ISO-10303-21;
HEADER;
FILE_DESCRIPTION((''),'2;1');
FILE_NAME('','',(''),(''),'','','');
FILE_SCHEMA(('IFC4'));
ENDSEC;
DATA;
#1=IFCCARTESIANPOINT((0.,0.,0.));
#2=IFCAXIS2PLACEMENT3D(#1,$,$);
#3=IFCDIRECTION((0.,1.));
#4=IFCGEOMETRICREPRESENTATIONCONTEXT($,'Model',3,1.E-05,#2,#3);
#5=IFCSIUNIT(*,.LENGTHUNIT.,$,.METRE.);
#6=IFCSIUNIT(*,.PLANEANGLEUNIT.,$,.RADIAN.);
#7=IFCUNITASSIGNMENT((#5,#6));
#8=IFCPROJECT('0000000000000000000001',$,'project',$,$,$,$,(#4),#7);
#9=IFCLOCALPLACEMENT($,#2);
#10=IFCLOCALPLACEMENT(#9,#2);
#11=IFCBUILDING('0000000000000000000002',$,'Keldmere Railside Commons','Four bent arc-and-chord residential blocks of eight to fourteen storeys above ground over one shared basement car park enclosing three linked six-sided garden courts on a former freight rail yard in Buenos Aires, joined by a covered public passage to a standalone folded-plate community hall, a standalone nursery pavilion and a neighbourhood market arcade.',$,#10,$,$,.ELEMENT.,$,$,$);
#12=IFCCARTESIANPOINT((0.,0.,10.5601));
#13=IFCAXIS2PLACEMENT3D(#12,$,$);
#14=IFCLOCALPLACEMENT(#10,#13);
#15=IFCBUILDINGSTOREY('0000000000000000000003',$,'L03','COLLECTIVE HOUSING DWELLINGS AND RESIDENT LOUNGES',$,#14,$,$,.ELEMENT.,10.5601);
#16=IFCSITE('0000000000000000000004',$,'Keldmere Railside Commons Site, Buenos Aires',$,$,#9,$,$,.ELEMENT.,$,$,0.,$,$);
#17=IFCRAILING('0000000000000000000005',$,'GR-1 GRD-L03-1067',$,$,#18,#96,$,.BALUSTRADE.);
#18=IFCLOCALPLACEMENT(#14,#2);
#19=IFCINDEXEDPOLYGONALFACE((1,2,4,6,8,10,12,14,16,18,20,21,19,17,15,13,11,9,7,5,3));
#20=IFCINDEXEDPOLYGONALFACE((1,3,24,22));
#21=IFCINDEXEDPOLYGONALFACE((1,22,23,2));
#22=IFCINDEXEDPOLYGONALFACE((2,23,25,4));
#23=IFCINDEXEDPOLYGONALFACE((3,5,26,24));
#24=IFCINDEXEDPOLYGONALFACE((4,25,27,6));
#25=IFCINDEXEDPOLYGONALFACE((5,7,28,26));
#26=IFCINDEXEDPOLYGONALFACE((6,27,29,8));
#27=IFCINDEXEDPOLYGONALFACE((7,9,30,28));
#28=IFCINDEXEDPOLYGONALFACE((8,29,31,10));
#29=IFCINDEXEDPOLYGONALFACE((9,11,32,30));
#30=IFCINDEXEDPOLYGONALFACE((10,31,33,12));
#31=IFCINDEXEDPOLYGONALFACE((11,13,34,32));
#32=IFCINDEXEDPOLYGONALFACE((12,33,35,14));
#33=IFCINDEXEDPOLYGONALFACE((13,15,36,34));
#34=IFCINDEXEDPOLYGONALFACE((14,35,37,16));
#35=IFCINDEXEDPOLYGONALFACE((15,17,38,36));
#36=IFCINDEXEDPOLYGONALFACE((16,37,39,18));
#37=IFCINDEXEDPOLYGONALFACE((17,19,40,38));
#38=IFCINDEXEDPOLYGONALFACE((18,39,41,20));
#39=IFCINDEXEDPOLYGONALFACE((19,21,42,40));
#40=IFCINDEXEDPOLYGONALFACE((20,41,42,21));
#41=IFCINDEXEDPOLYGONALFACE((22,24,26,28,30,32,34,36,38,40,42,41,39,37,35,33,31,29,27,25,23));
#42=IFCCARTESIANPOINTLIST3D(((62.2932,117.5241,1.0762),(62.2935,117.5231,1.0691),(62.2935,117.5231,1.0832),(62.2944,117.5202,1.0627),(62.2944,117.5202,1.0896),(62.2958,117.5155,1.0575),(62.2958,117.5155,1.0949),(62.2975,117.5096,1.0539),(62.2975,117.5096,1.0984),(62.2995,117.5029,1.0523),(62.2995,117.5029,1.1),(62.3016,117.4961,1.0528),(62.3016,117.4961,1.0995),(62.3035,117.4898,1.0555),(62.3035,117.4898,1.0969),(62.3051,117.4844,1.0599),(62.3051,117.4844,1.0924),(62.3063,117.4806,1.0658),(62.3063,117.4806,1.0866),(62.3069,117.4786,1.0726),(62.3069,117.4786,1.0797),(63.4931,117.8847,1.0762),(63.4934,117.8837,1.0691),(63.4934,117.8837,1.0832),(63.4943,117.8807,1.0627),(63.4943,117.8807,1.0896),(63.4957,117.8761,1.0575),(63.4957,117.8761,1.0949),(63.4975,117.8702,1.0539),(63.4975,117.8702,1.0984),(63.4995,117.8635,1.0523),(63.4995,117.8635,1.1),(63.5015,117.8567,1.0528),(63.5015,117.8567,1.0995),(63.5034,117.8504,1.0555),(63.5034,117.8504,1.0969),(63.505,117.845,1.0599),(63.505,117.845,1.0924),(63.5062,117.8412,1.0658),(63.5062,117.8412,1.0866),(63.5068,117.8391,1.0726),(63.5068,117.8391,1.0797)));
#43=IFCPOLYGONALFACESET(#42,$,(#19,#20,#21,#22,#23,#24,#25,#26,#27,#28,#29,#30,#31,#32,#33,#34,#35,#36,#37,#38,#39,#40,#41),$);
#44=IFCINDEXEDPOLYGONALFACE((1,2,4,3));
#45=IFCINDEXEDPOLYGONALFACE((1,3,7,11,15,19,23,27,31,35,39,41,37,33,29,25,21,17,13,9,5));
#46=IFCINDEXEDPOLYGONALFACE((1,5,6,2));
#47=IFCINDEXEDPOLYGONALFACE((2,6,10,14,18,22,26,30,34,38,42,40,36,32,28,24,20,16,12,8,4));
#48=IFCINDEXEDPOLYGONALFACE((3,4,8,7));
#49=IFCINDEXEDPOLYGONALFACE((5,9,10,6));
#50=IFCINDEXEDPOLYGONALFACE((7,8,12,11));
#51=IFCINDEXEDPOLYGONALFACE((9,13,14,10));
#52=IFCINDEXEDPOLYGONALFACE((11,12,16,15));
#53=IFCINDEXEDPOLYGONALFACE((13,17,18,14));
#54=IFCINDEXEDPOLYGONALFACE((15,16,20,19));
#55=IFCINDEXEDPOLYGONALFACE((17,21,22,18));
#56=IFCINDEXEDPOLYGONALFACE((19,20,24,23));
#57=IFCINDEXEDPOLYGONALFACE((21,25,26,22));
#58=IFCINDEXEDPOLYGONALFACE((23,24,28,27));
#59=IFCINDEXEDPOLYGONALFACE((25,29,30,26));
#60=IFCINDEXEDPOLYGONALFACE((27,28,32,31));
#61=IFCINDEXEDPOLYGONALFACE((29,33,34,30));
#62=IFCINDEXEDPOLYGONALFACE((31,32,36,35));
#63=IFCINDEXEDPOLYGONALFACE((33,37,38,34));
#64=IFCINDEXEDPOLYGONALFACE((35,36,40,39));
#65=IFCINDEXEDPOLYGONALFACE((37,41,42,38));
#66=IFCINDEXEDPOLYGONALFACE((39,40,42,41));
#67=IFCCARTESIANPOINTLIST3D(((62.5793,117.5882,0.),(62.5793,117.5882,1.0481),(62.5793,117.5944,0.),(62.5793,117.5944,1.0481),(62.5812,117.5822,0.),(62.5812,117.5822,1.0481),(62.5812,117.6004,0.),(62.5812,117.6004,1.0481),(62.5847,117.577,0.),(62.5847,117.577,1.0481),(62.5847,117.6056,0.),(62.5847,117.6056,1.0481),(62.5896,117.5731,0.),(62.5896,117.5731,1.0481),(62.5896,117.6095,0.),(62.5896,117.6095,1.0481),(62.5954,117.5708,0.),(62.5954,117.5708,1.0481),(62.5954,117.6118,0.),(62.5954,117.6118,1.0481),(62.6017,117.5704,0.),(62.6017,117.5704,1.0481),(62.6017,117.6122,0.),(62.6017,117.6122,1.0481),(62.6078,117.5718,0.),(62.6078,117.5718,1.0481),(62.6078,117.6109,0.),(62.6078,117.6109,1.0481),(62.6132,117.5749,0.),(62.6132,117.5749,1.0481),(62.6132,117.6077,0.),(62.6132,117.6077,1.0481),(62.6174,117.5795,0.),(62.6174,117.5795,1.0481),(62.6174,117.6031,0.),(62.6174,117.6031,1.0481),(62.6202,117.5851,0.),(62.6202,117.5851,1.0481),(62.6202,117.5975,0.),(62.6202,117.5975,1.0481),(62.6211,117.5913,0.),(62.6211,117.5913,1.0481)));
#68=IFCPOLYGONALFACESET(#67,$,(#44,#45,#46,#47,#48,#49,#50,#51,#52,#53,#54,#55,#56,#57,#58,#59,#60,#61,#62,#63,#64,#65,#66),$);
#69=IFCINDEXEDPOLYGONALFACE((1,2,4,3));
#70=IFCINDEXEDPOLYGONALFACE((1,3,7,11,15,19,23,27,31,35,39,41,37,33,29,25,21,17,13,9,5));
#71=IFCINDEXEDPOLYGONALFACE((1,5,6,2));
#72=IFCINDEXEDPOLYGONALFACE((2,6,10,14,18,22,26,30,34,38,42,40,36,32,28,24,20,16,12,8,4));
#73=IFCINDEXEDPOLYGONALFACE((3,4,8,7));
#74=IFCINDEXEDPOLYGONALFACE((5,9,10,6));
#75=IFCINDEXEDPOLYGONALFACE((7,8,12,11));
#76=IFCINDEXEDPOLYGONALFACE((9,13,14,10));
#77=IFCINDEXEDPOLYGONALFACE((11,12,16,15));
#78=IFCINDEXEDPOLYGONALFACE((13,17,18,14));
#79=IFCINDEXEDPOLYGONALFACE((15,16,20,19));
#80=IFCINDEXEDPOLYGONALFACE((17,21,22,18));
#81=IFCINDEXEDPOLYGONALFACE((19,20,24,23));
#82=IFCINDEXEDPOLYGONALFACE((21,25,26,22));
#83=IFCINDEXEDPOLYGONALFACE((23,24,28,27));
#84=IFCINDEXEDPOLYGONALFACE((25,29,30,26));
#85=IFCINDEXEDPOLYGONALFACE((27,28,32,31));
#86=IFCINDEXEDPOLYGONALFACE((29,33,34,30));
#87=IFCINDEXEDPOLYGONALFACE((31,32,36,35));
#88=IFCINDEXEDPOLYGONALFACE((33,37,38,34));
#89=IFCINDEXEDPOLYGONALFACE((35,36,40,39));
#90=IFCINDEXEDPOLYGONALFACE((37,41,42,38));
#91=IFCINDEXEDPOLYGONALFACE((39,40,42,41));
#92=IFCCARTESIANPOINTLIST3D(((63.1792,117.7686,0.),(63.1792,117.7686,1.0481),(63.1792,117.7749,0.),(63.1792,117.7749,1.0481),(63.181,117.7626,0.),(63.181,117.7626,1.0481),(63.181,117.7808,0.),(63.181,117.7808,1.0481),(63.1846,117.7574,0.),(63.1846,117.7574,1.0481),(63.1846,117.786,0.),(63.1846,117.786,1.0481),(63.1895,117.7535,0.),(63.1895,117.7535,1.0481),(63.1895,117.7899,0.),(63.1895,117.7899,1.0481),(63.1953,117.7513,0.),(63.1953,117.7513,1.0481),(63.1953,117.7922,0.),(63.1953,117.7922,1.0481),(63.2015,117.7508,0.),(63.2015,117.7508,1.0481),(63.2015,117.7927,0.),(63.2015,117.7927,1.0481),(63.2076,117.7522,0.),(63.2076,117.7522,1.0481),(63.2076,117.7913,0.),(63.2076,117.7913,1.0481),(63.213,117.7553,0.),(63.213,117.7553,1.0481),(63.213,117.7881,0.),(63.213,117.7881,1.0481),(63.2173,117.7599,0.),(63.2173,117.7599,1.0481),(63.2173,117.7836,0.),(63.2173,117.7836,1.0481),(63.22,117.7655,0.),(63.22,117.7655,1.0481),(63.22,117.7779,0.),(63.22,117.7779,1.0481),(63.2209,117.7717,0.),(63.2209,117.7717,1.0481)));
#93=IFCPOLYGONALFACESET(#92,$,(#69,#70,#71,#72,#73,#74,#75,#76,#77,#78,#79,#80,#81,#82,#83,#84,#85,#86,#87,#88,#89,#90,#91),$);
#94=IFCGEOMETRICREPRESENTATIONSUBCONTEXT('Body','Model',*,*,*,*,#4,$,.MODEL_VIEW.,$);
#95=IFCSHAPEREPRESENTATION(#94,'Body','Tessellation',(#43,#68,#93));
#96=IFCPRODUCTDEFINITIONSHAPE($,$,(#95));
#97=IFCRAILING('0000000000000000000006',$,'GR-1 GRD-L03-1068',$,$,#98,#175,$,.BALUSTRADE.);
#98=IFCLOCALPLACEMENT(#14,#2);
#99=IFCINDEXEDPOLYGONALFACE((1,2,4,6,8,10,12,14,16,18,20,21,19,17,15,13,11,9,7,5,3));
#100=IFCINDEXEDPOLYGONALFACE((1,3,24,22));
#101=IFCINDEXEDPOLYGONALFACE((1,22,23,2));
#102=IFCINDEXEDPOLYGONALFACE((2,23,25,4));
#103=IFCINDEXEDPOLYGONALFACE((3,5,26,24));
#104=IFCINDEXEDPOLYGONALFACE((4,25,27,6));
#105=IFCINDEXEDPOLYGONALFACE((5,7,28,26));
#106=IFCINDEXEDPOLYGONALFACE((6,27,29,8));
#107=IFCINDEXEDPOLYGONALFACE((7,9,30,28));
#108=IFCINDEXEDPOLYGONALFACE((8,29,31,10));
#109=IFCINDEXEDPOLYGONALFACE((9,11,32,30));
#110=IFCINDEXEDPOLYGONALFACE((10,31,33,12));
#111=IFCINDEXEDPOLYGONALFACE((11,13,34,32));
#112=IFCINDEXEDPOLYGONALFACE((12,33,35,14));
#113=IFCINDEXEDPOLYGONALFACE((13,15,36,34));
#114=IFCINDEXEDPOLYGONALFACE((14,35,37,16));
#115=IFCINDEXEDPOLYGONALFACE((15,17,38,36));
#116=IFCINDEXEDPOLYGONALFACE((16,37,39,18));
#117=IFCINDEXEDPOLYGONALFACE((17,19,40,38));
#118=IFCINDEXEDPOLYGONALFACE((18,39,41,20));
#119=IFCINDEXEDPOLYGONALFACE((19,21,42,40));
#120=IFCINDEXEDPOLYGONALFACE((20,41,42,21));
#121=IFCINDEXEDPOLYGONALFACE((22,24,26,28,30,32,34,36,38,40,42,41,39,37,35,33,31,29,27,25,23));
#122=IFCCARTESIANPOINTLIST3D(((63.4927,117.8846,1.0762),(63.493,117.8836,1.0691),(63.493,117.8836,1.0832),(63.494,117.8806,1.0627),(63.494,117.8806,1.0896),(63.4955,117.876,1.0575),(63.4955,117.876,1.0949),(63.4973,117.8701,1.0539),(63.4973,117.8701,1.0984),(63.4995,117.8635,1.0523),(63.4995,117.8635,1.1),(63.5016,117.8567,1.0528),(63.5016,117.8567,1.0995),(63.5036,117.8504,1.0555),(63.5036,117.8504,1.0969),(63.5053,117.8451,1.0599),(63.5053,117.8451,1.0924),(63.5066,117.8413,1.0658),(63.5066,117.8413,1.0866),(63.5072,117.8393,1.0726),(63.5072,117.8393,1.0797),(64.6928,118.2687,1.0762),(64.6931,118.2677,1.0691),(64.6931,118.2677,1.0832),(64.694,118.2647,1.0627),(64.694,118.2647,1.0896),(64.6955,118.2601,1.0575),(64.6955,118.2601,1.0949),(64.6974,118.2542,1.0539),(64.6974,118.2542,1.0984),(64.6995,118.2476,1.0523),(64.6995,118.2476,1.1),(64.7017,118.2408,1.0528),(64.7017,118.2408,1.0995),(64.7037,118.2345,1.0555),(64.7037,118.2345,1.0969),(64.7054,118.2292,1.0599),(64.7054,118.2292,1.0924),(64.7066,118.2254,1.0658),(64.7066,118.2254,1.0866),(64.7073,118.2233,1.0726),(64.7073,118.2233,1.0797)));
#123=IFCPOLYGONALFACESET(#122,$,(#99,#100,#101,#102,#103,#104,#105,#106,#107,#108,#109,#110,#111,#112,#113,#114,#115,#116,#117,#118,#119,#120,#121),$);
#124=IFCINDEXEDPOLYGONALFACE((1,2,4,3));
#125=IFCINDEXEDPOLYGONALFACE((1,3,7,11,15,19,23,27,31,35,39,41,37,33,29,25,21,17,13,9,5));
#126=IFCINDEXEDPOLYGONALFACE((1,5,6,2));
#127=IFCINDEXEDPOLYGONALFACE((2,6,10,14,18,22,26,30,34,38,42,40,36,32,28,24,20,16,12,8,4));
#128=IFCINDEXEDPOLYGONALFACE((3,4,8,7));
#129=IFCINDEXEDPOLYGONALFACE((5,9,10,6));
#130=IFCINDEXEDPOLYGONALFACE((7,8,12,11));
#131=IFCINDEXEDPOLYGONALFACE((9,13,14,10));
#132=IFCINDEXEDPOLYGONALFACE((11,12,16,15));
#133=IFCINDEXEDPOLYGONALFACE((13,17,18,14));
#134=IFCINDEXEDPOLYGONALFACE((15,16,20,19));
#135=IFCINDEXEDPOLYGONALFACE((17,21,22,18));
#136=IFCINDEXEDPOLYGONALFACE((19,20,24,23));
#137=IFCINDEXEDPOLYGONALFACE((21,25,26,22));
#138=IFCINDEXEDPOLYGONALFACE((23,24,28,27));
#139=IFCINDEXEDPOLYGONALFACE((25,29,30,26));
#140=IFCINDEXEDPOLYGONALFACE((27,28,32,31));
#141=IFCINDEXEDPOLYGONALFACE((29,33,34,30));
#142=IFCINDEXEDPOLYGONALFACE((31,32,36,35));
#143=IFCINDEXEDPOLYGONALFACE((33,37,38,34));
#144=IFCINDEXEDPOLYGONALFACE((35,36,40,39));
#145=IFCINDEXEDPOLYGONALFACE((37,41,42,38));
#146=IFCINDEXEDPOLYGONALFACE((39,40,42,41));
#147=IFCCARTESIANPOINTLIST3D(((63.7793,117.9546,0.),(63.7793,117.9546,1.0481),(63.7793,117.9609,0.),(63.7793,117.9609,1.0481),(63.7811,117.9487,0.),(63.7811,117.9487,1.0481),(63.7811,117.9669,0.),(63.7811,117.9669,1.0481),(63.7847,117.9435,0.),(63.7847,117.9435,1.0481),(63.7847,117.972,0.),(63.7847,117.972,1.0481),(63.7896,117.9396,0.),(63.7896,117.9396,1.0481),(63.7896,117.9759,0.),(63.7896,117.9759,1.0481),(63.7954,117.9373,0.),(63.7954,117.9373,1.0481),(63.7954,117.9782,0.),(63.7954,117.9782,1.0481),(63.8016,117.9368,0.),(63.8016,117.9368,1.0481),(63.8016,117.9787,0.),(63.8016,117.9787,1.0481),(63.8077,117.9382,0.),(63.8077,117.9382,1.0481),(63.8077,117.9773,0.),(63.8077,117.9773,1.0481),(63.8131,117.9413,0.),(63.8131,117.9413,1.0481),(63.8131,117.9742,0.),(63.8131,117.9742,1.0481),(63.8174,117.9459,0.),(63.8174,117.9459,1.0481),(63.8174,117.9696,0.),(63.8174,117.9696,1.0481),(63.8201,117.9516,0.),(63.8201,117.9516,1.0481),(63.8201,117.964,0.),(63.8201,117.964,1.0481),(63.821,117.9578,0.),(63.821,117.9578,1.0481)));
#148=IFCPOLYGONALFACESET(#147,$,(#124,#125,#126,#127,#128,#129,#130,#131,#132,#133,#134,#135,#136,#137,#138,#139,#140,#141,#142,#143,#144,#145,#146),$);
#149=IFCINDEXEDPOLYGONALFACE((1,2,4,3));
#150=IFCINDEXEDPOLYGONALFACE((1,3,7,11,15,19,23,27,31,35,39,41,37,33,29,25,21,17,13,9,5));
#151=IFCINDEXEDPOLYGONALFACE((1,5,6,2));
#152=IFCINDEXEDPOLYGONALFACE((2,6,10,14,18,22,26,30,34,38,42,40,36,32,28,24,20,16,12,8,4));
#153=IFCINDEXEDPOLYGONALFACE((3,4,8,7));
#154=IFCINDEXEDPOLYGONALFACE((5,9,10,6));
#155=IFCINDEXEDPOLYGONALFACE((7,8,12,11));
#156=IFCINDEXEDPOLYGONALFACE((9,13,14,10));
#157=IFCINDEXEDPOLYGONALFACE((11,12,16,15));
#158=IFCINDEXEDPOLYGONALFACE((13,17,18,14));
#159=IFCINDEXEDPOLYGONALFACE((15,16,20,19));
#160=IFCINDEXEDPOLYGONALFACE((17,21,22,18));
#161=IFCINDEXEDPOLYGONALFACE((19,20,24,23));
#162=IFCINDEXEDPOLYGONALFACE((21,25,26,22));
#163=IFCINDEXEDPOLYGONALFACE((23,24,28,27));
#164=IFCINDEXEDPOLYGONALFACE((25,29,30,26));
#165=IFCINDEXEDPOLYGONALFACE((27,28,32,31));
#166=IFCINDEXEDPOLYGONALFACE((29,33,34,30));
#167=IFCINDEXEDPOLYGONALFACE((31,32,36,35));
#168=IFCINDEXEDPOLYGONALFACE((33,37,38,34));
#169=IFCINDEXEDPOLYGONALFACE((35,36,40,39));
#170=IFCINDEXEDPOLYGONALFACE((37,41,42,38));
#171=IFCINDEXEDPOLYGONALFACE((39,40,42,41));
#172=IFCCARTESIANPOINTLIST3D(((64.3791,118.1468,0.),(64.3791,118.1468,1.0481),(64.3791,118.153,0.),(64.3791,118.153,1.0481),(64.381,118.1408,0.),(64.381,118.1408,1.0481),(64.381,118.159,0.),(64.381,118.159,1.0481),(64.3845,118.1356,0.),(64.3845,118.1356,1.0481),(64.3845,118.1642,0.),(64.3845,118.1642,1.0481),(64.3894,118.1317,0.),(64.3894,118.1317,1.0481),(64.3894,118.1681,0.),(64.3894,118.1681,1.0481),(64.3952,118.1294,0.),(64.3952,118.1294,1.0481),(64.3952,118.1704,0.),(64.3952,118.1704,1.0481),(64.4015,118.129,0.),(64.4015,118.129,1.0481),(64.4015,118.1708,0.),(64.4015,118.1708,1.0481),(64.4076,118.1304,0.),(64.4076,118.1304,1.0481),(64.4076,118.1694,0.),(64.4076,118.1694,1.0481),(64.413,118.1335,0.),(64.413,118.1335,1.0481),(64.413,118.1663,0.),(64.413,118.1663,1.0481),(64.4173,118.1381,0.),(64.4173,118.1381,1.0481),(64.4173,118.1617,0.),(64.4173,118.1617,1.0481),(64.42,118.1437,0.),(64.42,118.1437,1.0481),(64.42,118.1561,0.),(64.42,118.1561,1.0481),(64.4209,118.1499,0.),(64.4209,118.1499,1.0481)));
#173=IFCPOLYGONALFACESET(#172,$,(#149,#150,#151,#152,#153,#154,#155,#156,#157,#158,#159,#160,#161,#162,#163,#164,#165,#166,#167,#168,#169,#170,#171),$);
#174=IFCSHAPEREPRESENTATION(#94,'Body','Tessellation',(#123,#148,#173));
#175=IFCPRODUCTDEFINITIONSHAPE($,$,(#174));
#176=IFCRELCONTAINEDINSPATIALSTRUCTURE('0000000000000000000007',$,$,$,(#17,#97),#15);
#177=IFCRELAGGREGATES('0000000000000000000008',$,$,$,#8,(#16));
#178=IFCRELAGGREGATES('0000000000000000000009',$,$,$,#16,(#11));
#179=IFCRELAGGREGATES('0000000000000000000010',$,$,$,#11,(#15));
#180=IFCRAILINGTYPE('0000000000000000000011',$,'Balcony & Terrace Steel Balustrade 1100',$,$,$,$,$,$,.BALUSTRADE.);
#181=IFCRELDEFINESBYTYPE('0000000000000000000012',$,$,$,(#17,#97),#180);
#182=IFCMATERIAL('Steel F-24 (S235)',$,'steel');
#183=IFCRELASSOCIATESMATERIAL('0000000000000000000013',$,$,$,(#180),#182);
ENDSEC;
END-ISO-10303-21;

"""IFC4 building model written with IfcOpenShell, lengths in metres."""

from ifc_helpers import new_model, si_unit, direction, frame, origin, origin_2d, place, context, subcontext, project, spatial, circle, extrude, material, type_object, element, save


model = new_model("IFC4")

# Units and contexts
model_context = context("Model", 3, precision=1e-05, world=origin(), true_north=direction((0.0, 1.0)))
body_context = subcontext(model_context, "Body", "Model", "MODEL_VIEW")
ifc_project = project(units=[si_unit("LENGTHUNIT", "METRE"), si_unit("PLANEANGLEUNIT", "RADIAN")], contexts=[model_context])

# Site, building, storey
site_placement = place(None, origin())
site = spatial("IfcSite", under=ifc_project, at=site_placement, Name="Keldmere Railside Commons Site, Buenos Aires", CompositionType="ELEMENT", RefElevation=0.0)
building_placement = place(site_placement, origin())
building = spatial("IfcBuilding", under=site, at=building_placement, Name="Keldmere Railside Commons", Description="Four bent arc-and-chord residential blocks of eight to fourteen storeys above ground over one shared basement car park enclosing three linked six-sided garden courts on a former freight rail yard in Buenos Aires, joined by a covered public passage to a standalone folded-plate community hall, a standalone nursery pavilion and a neighbourhood market arcade.", CompositionType="ELEMENT")
storey_placement = place(building_placement, frame((0.0, 0.0, 10.5601)))
storey = spatial("IfcBuildingStorey", under=building, at=storey_placement, Name="L03", Description="COLLECTIVE HOUSING DWELLINGS AND RESIDENT LOUNGES", CompositionType="ELEMENT", Elevation=10.5601)

# Shared definitions
ifc_material_1 = material(Name="Steel F-24 (S235)", Category="steel")

# Railings
railing_type = type_object("IfcRailingType", Name="Balcony & Terrace Steel Balustrade 1100", PredefinedType="BALUSTRADE", material=ifc_material_1)
railing_1_placement = place(storey_placement, frame((62.3, 117.5012, 0.0)))
element("IfcRailing", 1, at=railing_1_placement, inside=storey, type_object=railing_type, Name="GR-1 GRD-L03-1067", PredefinedType="BALUSTRADE", context=body_context, shape_type="SweptSolid", body=[
    extrude(circle(Radius=0.0239, at=origin_2d()), frame((0.0, 0.0, 1.0762), z_axis=(0.957692, 0.287795, 0.0), x_axis=(-0.287795, 0.957692, 0.0)), (0.0, 0.0, 1.0), 1.2529),
    extrude(circle(Radius=0.021, at=origin_2d()), frame((0.3, 0.0901, 0.0)), (0.0, 0.0, 1.0), 1.0481),
    extrude(circle(Radius=0.021, at=origin_2d()), frame((0.8999, 0.2705, 0.0)), (0.0, 0.0, 1.0), 1.0481),
])
railing_2_placement = place(storey_placement, frame((63.5, 117.8618, 0.0)))
element("IfcRailing", 2, at=railing_2_placement, inside=storey, type_object=railing_type, Name="GR-1 GRD-L03-1068", PredefinedType="BALUSTRADE", context=body_context, shape_type="SweptSolid", body=[
    extrude(circle(Radius=0.0239, at=origin_2d()), frame((0.0, 0.0, 1.0762), z_axis=(0.952413, 0.304811, 0.0), x_axis=(-0.304811, 0.952413, 0.0)), (0.0, 0.0, 1.0), 1.26),
    extrude(circle(Radius=0.021, at=origin_2d()), frame((0.3, 0.0959, 0.0)), (0.0, 0.0, 1.0), 1.0481),
    extrude(circle(Radius=0.021, at=origin_2d()), frame((0.8999, 0.2881, 0.0)), (0.0, 0.0, 1.0), 1.0481),
])

save(model, "model.ifc")
